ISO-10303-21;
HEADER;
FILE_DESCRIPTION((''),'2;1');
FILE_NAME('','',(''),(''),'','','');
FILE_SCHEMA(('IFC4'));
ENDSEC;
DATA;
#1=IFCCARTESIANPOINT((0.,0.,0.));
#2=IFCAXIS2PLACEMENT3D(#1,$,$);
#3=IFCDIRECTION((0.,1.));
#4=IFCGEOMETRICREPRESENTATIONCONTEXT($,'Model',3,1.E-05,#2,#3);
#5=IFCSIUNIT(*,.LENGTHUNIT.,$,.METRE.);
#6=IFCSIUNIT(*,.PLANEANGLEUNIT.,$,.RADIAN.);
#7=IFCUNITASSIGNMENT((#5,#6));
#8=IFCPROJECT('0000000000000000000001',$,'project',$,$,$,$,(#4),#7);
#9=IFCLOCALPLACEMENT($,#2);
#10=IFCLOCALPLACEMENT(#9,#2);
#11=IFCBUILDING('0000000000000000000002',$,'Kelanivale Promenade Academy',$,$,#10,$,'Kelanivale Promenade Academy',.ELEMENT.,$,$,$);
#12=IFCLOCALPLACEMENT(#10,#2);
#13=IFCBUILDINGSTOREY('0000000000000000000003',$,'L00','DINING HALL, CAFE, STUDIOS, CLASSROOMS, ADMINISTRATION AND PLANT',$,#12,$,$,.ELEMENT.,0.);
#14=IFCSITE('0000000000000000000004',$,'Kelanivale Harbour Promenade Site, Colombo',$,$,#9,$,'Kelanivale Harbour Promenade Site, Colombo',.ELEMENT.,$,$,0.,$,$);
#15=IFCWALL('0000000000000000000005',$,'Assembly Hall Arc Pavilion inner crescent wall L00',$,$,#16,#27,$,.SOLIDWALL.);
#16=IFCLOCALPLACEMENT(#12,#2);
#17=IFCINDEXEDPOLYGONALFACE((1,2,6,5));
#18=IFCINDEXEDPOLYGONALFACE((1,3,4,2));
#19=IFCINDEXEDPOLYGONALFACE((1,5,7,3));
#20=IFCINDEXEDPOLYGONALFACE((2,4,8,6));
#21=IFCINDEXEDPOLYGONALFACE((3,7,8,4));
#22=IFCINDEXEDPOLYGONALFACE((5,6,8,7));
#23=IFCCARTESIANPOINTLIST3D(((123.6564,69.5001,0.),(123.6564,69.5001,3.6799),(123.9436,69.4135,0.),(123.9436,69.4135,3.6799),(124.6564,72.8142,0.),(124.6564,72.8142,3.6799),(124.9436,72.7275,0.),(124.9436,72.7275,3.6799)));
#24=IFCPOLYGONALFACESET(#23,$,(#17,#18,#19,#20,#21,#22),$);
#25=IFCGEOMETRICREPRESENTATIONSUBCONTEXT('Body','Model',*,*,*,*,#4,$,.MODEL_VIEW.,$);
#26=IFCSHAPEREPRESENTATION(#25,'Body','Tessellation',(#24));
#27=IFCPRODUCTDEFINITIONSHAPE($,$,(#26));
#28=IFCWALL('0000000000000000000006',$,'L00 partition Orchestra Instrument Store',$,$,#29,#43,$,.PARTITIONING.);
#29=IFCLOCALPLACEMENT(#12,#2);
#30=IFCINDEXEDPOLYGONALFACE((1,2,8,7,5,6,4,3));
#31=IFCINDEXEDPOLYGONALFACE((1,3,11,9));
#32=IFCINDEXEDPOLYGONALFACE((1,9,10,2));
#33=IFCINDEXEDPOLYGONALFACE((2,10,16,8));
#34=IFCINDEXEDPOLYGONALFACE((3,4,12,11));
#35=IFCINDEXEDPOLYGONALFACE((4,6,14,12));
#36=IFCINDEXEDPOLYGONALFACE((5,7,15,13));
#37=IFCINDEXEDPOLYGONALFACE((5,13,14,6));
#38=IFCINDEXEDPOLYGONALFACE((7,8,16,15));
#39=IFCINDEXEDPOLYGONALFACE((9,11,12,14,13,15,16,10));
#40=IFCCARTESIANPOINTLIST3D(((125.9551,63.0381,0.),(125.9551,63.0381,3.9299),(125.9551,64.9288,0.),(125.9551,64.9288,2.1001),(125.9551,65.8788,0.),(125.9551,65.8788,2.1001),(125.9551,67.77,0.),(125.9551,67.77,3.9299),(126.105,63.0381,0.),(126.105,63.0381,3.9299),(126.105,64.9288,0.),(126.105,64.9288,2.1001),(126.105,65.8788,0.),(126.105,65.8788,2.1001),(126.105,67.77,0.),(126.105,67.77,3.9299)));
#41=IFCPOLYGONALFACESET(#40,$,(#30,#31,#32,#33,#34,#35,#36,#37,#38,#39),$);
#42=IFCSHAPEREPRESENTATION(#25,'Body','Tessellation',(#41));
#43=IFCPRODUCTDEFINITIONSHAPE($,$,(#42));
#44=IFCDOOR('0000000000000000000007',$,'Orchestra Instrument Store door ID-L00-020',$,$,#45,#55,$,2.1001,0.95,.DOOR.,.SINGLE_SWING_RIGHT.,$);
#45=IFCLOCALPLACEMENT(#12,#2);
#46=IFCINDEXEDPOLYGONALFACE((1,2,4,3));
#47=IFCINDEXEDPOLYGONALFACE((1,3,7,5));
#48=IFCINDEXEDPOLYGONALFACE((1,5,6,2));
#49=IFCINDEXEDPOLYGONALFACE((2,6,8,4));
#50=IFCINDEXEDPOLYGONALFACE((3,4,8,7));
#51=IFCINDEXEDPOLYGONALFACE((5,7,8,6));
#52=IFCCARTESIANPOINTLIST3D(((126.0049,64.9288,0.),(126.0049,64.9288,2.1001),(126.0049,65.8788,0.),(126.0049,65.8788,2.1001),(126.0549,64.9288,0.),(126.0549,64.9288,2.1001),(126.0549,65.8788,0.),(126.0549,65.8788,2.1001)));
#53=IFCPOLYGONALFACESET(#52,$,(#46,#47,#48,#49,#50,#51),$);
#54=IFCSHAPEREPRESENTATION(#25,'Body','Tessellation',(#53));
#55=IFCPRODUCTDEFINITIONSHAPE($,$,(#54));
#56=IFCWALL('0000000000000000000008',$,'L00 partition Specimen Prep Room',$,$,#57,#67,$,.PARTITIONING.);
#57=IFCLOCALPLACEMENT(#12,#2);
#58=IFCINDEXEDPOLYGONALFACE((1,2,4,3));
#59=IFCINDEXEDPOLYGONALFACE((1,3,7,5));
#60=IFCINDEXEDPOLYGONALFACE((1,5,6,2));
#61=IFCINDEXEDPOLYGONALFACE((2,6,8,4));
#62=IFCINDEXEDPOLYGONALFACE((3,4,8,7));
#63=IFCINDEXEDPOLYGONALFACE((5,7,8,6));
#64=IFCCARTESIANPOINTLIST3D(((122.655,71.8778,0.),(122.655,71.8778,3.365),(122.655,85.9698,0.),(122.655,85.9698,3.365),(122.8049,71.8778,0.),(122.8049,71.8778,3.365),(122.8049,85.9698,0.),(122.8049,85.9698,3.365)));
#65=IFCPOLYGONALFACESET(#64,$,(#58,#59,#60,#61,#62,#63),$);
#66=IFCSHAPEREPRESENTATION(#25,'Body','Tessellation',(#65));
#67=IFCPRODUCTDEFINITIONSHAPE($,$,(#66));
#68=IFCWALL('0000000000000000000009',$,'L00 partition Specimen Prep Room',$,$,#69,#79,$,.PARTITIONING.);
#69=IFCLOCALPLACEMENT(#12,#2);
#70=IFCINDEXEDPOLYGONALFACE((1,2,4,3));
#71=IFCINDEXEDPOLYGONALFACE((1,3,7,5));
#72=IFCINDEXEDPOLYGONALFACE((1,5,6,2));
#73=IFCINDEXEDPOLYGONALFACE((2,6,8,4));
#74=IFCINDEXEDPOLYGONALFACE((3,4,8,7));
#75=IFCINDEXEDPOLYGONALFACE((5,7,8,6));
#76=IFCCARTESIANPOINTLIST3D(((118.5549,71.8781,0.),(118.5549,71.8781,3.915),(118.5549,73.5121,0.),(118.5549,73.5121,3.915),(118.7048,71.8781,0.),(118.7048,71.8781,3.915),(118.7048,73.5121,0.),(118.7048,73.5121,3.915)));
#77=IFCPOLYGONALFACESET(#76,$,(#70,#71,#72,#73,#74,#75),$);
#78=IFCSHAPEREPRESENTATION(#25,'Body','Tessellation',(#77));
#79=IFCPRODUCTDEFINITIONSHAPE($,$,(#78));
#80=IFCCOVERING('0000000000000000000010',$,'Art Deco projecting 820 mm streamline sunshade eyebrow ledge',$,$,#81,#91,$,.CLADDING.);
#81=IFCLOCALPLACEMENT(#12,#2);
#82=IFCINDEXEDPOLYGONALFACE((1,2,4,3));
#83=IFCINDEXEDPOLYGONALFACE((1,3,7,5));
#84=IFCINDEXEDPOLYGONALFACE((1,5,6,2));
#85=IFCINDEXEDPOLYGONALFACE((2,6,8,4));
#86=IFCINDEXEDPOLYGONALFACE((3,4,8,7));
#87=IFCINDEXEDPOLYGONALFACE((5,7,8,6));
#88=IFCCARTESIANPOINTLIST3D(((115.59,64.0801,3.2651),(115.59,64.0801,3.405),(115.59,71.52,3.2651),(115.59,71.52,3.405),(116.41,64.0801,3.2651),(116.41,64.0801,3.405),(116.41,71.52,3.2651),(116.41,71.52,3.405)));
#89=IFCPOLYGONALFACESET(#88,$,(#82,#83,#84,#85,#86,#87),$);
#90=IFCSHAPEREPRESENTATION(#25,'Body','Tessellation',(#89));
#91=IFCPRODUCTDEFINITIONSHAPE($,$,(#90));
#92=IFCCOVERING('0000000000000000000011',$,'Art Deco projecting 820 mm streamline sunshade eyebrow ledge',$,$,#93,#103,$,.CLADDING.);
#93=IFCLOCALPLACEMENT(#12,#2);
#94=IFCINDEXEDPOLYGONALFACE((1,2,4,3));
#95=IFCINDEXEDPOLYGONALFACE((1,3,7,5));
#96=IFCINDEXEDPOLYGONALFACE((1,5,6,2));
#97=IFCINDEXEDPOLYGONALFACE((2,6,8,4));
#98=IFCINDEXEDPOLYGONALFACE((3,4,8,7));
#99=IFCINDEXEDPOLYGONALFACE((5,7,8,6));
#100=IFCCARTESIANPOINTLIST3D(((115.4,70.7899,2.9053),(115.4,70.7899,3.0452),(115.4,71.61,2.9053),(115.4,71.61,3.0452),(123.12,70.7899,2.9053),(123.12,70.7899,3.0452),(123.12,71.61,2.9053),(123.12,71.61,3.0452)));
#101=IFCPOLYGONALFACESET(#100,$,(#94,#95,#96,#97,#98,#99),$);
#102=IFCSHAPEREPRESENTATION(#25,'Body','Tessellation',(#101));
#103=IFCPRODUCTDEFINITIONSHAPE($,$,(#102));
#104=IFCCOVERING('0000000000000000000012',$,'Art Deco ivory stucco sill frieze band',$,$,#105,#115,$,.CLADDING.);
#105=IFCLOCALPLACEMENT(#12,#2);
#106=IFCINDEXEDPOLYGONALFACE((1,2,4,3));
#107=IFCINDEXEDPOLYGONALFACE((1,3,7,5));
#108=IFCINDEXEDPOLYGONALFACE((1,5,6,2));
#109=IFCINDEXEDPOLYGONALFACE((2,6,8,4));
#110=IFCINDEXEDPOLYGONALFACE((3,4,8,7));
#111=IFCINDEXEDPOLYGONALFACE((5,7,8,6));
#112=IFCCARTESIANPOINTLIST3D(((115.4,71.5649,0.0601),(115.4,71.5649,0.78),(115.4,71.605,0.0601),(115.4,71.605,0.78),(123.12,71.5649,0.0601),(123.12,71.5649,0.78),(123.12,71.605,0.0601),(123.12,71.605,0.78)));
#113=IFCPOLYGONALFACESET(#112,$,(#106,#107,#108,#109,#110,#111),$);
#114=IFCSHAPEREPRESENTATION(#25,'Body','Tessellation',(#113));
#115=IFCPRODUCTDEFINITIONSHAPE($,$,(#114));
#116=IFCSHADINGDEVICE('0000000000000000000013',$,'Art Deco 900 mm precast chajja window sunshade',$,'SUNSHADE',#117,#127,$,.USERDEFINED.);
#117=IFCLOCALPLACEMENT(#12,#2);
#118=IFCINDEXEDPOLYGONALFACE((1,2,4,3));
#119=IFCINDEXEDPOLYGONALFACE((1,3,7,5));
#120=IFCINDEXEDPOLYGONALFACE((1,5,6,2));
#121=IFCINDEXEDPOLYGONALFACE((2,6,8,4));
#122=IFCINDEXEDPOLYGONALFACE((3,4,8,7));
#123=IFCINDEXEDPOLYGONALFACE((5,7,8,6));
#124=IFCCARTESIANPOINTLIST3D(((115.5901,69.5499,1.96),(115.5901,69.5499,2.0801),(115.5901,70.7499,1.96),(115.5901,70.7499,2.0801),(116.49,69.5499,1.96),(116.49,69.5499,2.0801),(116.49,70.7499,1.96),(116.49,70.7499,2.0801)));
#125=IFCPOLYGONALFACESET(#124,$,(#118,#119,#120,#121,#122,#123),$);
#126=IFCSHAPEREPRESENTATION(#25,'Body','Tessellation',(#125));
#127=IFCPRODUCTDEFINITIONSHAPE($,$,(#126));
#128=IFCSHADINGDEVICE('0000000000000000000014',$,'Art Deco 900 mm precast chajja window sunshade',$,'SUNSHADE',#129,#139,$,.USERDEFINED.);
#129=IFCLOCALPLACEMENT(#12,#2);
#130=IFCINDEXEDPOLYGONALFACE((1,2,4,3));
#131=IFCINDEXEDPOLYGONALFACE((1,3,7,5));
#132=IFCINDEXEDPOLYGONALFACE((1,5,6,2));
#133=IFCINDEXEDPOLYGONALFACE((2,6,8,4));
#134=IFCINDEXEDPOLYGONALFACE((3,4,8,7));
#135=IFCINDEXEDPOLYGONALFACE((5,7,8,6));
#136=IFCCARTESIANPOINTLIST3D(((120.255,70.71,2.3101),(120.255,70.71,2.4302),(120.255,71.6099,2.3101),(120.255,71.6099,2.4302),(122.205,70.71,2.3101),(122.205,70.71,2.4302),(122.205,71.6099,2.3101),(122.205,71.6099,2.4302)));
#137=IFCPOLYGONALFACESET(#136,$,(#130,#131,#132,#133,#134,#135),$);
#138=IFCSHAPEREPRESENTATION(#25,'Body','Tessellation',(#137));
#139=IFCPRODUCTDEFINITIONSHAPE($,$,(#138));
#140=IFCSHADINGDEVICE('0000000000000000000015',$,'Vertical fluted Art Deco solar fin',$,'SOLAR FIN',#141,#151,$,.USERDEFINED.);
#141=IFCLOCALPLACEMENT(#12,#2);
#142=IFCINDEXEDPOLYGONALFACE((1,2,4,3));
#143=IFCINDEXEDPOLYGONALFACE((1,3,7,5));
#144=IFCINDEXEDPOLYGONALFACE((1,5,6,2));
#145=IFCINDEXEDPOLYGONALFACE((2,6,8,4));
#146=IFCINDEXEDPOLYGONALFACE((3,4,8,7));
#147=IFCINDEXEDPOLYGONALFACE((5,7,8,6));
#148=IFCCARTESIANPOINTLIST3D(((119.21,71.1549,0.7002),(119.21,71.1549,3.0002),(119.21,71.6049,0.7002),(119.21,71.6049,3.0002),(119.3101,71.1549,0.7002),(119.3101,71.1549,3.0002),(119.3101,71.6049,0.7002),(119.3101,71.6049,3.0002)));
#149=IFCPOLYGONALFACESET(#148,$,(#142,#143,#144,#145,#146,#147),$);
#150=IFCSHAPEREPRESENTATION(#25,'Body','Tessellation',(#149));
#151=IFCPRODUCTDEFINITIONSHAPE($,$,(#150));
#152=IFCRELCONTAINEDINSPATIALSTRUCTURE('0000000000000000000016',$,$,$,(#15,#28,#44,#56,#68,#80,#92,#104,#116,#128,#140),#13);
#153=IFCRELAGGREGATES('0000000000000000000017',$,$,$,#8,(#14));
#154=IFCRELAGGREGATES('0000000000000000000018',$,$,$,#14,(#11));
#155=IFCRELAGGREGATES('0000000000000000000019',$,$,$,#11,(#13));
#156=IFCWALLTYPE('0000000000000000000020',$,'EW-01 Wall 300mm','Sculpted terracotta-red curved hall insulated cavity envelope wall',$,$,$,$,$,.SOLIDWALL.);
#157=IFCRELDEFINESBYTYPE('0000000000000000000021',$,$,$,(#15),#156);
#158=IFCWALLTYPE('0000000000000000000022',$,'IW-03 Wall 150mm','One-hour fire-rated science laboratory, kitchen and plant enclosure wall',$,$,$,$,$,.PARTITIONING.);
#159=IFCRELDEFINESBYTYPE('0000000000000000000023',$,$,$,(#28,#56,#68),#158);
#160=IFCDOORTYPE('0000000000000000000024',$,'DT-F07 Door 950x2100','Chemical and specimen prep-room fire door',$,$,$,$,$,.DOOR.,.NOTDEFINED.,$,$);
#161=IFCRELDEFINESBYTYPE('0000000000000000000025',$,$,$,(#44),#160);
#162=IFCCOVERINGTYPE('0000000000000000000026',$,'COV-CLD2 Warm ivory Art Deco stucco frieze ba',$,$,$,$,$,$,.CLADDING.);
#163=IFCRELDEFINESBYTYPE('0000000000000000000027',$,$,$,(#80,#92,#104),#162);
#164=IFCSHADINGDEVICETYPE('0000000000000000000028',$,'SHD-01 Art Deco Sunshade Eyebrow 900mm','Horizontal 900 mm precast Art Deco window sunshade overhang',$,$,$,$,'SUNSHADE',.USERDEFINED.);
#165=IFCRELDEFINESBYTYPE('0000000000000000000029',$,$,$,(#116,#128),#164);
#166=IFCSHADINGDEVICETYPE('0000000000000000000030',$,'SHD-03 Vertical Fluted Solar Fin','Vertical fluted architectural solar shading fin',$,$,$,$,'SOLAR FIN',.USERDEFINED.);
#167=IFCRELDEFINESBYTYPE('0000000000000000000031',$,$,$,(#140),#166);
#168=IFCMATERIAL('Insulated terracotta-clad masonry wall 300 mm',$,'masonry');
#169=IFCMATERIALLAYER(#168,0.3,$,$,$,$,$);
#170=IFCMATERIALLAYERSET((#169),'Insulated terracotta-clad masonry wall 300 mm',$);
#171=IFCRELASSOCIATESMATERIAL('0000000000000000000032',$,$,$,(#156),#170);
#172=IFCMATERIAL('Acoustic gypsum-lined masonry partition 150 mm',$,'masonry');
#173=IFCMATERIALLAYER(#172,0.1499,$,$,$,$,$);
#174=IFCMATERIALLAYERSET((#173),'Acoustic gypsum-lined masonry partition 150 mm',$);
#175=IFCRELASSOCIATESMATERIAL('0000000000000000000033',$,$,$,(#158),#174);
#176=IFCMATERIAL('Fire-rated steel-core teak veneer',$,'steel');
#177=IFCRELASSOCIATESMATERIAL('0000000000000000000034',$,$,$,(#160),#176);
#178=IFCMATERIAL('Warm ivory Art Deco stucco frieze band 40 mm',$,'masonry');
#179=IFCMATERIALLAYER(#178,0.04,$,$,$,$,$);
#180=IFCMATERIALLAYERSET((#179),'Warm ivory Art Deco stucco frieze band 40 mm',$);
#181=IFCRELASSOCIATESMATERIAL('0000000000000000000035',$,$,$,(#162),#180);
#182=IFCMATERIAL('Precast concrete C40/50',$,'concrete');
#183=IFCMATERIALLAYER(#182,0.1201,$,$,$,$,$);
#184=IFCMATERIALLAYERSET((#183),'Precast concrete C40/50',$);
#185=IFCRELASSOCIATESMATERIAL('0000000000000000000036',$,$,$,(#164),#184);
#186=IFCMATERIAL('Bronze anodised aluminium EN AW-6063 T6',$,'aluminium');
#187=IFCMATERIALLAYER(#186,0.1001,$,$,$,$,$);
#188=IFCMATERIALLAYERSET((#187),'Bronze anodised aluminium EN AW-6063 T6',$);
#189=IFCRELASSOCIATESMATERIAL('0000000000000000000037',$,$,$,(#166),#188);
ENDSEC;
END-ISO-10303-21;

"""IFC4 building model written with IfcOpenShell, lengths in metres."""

from ifc_helpers import new_model, si_unit, direction, frame, frame_2d, origin, origin_2d, place, context, subcontext, project, spatial, rectangle, extrude, material, layer, layer_set, type_object, element, fill, save


model = new_model("IFC4")

# Units and contexts
model_context = context("Model", 3, precision=1e-05, world=origin(), true_north=direction((0.0, 1.0)))
body_context = subcontext(model_context, "Body", "Model", "MODEL_VIEW")
ifc_project = project(units=[si_unit("LENGTHUNIT", "METRE"), si_unit("PLANEANGLEUNIT", "RADIAN")], contexts=[model_context])

# Site, building, storey
site_placement = place(None, origin())
site = spatial("IfcSite", under=ifc_project, at=site_placement, Name="Kelanivale Harbour Promenade Site, Colombo", LongName="Kelanivale Harbour Promenade Site, Colombo", CompositionType="ELEMENT", RefElevation=0.0)
building_placement = place(site_placement, origin())
building = spatial("IfcBuilding", under=site, at=building_placement, Name="Kelanivale Promenade Academy", LongName="Kelanivale Promenade Academy", CompositionType="ELEMENT")
storey_placement = place(building_placement, origin())
storey = spatial("IfcBuildingStorey", under=building, at=storey_placement, Name="L00", Description="DINING HALL, CAFE, STUDIOS, CLASSROOMS, ADMINISTRATION AND PLANT", CompositionType="ELEMENT", Elevation=0.0)

# Wall
ifc_material_1 = material(Name="Insulated terracotta-clad masonry wall 300 mm", Category="masonry")
ifc_layer_1 = layer(ifc_material_1, 0.3)
ifc_layer_set_1 = layer_set([ifc_layer_1], Name="Insulated terracotta-clad masonry wall 300 mm")
wall_type_1 = type_object("IfcWallType", Name="EW-01 Wall 300mm", Description="Sculpted terracotta-red curved hall insulated cavity envelope wall", PredefinedType="SOLIDWALL", material=ifc_layer_set_1)
wall_1_placement = place(storey_placement, frame((124.8, 72.771, 0.0), z_axis=(0.0, 0.0, 1.0), x_axis=(-0.288888, -0.957363, 0.0)))
element("IfcWall", 1, at=wall_1_placement, inside=storey, type_object=wall_type_1, Name="Assembly Hall Arc Pavilion inner crescent wall L00", PredefinedType="SOLIDWALL", context=body_context, shape_type="SweptSolid", body=[
    extrude(rectangle(XDim=3.4617, YDim=0.3, at=frame_2d((1.731, 0.0))), origin(), (0.0, 0.0, 1.0), 3.6799),
])

# Wall, opening, door
ifc_material_2 = material(Name="Acoustic gypsum-lined masonry partition 150 mm", Category="masonry")
ifc_layer_2 = layer(ifc_material_2, 0.1499)
ifc_layer_set_2 = layer_set([ifc_layer_2], Name="Acoustic gypsum-lined masonry partition 150 mm")
wall_type_2 = type_object("IfcWallType", Name="IW-03 Wall 150mm", Description="One-hour fire-rated science laboratory, kitchen and plant enclosure wall", PredefinedType="PARTITIONING", material=ifc_layer_set_2)
wall_2_placement = place(storey_placement, frame((126.03, 67.77, 0.0), z_axis=(0.0, 0.0, 1.0), x_axis=(0.0, -1.0, 0.0)))
wall_2 = element("IfcWall", 2, at=wall_2_placement, inside=storey, type_object=wall_type_2, Name="L00 partition Orchestra Instrument Store", PredefinedType="PARTITIONING", context=body_context, shape_type="SweptSolid", body=[
    extrude(rectangle(XDim=4.7319, YDim=0.1499, at=frame_2d((2.366, 0.0))), origin(), (0.0, 0.0, 1.0), 3.9299),
])
opening_placement = place(wall_2_placement, frame((1.8911, 0.0, 0.0)))
opening = element("IfcOpeningElement", 3, at=opening_placement, cuts=wall_2, PredefinedType="OPENING", context=body_context, shape_type="SweptSolid", body=[
    extrude(rectangle(XDim=0.95, YDim=2.1001, at=frame_2d((0.4751, 1.05))), frame((0.0, 0.085, 0.0), z_axis=(0.0, -1.0, 0.0), x_axis=(1.0, 0.0, 0.0)), (0.0, 0.0, 1.0), 0.1699),
])
ifc_material_3 = material(Name="Fire-rated steel-core teak veneer", Category="steel")
door_type = type_object("IfcDoorType", Name="DT-F07 Door 950x2100", Description="Chemical and specimen prep-room fire door", OperationType="NOTDEFINED", PredefinedType="DOOR", material=ifc_material_3)
door_placement = place(opening_placement, origin())
door = element("IfcDoor", 4, at=door_placement, inside=storey, type_object=door_type, Name="Orchestra Instrument Store door ID-L00-020", OperationType="SINGLE_SWING_RIGHT", OverallHeight=2.1001, OverallWidth=0.95, PredefinedType="DOOR", context=body_context, shape_type="SweptSolid", body=[
    extrude(rectangle(XDim=0.95, YDim=2.1001, at=frame_2d((0.4751, 1.05))), frame((0.0, 0.0249, 0.0), z_axis=(0.0, -1.0, 0.0), x_axis=(1.0, 0.0, 0.0)), (0.0, 0.0, 1.0), 0.05),
])
fill(opening, door)

# Walls
wall_3_placement = place(storey_placement, frame((122.73, 71.8779, 0.0), z_axis=(0.0, 0.0, 1.0), x_axis=(0.0, 1.0, 0.0)))
element("IfcWall", 5, at=wall_3_placement, inside=storey, type_object=wall_type_2, Name="L00 partition Specimen Prep Room", PredefinedType="PARTITIONING", context=body_context, shape_type="SweptSolid", body=[
    extrude(rectangle(XDim=14.092, YDim=0.1499, at=frame_2d((7.0459, 0.0))), origin(), (0.0, 0.0, 1.0), 3.365),
])
wall_4_placement = place(storey_placement, frame((118.6299, 73.512, 0.0), z_axis=(0.0, 0.0, 1.0), x_axis=(0.0, -1.0, 0.0)))
element("IfcWall", 6, at=wall_4_placement, inside=storey, type_object=wall_type_2, Name="L00 partition Specimen Prep Room", PredefinedType="PARTITIONING", context=body_context, shape_type="SweptSolid", body=[
    extrude(rectangle(XDim=1.634, YDim=0.1499, at=frame_2d((0.8169, 0.0))), origin(), (0.0, 0.0, 1.0), 3.915),
])

# Coverings
ifc_material_4 = material(Name="Warm ivory Art Deco stucco frieze band 40 mm", Category="masonry")
ifc_layer_3 = layer(ifc_material_4, 0.04)
ifc_layer_set_3 = layer_set([ifc_layer_3], Name="Warm ivory Art Deco stucco frieze band 40 mm")
covering_type = type_object("IfcCoveringType", Name="COV-CLD2 Warm ivory Art Deco stucco frieze ba", PredefinedType="CLADDING", material=ifc_layer_set_3)
covering_1_placement = place(storey_placement, frame((116.0, 67.8, 3.2651), z_axis=(0.0, 0.0, 1.0), x_axis=(0.0, 1.0, 0.0)))
element("IfcCovering", 7, at=covering_1_placement, inside=storey, type_object=covering_type, Name="Art Deco projecting 820 mm streamline sunshade eyebrow ledge", PredefinedType="CLADDING", context=body_context, shape_type="SweptSolid", body=[
    extrude(rectangle(XDim=7.4399, YDim=0.8201, at=origin_2d()), origin(), (0.0, 0.0, 1.0), 0.1399),
])
covering_2_placement = place(storey_placement, frame((119.26, 71.2, 2.9053), z_axis=(0.0, 0.0, 1.0), x_axis=(1.0, 0.0, 0.0)))
element("IfcCovering", 8, at=covering_2_placement, inside=storey, type_object=covering_type, Name="Art Deco projecting 820 mm streamline sunshade eyebrow ledge", PredefinedType="CLADDING", context=body_context, shape_type="SweptSolid", body=[
    extrude(rectangle(XDim=7.72, YDim=0.8201, at=origin_2d()), origin(), (0.0, 0.0, 1.0), 0.1399),
])
covering_3_placement = place(storey_placement, frame((119.26, 71.585, 0.0601), z_axis=(0.0, 0.0, 1.0), x_axis=(1.0, 0.0, 0.0)))
element("IfcCovering", 9, at=covering_3_placement, inside=storey, type_object=covering_type, Name="Art Deco ivory stucco sill frieze band", PredefinedType="CLADDING", context=body_context, shape_type="SweptSolid", body=[
    extrude(rectangle(XDim=7.72, YDim=0.04, at=origin_2d()), origin(), (0.0, 0.0, 1.0), 0.72),
])

# Shading devices
ifc_material_5 = material(Name="Precast concrete C40/50", Category="concrete")
ifc_layer_4 = layer(ifc_material_5, 0.1201)
ifc_layer_set_4 = layer_set([ifc_layer_4], Name="Precast concrete C40/50")
shading_device_type_1 = type_object("IfcShadingDeviceType", Name="SHD-01 Art Deco Sunshade Eyebrow 900mm", Description="Horizontal 900 mm precast Art Deco window sunshade overhang", ElementType="SUNSHADE", PredefinedType="USERDEFINED", material=ifc_layer_set_4)
shading_device_1_placement = place(storey_placement, frame((116.04, 70.1499, 1.96), z_axis=(0.0, 0.0, 1.0), x_axis=(0.0, 1.0, 0.0)))
element("IfcShadingDevice", 10, at=shading_device_1_placement, inside=storey, type_object=shading_device_type_1, Name="Art Deco 900 mm precast chajja window sunshade", ObjectType="SUNSHADE", PredefinedType="USERDEFINED", context=body_context, shape_type="SweptSolid", body=[
    extrude(rectangle(XDim=1.2, YDim=0.8999, at=origin_2d()), origin(), (0.0, 0.0, 1.0), 0.1201),
])
shading_device_2_placement = place(storey_placement, frame((121.23, 71.1599, 2.3101), z_axis=(0.0, 0.0, 1.0), x_axis=(1.0, 0.0, 0.0)))
element("IfcShadingDevice", 11, at=shading_device_2_placement, inside=storey, type_object=shading_device_type_1, Name="Art Deco 900 mm precast chajja window sunshade", ObjectType="SUNSHADE", PredefinedType="USERDEFINED", context=body_context, shape_type="SweptSolid", body=[
    extrude(rectangle(XDim=1.95, YDim=0.8999, at=origin_2d()), origin(), (0.0, 0.0, 1.0), 0.1201),
])
ifc_material_6 = material(Name="Bronze anodised aluminium EN AW-6063 T6", Category="aluminium")
ifc_layer_5 = layer(ifc_material_6, 0.1001)
ifc_layer_set_5 = layer_set([ifc_layer_5], Name="Bronze anodised aluminium EN AW-6063 T6")
shading_device_type_2 = type_object("IfcShadingDeviceType", Name="SHD-03 Vertical Fluted Solar Fin", Description="Vertical fluted architectural solar shading fin", ElementType="SOLAR FIN", PredefinedType="USERDEFINED", material=ifc_layer_set_5)
shading_device_3_placement = place(storey_placement, frame((119.26, 71.3799, 0.7002), z_axis=(0.0, 0.0, 1.0), x_axis=(1.0, 0.0, 0.0)))
element("IfcShadingDevice", 12, at=shading_device_3_placement, inside=storey, type_object=shading_device_type_2, Name="Vertical fluted Art Deco solar fin", ObjectType="SOLAR FIN", PredefinedType="USERDEFINED", context=body_context, shape_type="SweptSolid", body=[
    extrude(rectangle(XDim=0.1001, YDim=0.45, at=origin_2d()), origin(), (0.0, 0.0, 1.0), 2.3),
])

save(model, "model.ifc")
